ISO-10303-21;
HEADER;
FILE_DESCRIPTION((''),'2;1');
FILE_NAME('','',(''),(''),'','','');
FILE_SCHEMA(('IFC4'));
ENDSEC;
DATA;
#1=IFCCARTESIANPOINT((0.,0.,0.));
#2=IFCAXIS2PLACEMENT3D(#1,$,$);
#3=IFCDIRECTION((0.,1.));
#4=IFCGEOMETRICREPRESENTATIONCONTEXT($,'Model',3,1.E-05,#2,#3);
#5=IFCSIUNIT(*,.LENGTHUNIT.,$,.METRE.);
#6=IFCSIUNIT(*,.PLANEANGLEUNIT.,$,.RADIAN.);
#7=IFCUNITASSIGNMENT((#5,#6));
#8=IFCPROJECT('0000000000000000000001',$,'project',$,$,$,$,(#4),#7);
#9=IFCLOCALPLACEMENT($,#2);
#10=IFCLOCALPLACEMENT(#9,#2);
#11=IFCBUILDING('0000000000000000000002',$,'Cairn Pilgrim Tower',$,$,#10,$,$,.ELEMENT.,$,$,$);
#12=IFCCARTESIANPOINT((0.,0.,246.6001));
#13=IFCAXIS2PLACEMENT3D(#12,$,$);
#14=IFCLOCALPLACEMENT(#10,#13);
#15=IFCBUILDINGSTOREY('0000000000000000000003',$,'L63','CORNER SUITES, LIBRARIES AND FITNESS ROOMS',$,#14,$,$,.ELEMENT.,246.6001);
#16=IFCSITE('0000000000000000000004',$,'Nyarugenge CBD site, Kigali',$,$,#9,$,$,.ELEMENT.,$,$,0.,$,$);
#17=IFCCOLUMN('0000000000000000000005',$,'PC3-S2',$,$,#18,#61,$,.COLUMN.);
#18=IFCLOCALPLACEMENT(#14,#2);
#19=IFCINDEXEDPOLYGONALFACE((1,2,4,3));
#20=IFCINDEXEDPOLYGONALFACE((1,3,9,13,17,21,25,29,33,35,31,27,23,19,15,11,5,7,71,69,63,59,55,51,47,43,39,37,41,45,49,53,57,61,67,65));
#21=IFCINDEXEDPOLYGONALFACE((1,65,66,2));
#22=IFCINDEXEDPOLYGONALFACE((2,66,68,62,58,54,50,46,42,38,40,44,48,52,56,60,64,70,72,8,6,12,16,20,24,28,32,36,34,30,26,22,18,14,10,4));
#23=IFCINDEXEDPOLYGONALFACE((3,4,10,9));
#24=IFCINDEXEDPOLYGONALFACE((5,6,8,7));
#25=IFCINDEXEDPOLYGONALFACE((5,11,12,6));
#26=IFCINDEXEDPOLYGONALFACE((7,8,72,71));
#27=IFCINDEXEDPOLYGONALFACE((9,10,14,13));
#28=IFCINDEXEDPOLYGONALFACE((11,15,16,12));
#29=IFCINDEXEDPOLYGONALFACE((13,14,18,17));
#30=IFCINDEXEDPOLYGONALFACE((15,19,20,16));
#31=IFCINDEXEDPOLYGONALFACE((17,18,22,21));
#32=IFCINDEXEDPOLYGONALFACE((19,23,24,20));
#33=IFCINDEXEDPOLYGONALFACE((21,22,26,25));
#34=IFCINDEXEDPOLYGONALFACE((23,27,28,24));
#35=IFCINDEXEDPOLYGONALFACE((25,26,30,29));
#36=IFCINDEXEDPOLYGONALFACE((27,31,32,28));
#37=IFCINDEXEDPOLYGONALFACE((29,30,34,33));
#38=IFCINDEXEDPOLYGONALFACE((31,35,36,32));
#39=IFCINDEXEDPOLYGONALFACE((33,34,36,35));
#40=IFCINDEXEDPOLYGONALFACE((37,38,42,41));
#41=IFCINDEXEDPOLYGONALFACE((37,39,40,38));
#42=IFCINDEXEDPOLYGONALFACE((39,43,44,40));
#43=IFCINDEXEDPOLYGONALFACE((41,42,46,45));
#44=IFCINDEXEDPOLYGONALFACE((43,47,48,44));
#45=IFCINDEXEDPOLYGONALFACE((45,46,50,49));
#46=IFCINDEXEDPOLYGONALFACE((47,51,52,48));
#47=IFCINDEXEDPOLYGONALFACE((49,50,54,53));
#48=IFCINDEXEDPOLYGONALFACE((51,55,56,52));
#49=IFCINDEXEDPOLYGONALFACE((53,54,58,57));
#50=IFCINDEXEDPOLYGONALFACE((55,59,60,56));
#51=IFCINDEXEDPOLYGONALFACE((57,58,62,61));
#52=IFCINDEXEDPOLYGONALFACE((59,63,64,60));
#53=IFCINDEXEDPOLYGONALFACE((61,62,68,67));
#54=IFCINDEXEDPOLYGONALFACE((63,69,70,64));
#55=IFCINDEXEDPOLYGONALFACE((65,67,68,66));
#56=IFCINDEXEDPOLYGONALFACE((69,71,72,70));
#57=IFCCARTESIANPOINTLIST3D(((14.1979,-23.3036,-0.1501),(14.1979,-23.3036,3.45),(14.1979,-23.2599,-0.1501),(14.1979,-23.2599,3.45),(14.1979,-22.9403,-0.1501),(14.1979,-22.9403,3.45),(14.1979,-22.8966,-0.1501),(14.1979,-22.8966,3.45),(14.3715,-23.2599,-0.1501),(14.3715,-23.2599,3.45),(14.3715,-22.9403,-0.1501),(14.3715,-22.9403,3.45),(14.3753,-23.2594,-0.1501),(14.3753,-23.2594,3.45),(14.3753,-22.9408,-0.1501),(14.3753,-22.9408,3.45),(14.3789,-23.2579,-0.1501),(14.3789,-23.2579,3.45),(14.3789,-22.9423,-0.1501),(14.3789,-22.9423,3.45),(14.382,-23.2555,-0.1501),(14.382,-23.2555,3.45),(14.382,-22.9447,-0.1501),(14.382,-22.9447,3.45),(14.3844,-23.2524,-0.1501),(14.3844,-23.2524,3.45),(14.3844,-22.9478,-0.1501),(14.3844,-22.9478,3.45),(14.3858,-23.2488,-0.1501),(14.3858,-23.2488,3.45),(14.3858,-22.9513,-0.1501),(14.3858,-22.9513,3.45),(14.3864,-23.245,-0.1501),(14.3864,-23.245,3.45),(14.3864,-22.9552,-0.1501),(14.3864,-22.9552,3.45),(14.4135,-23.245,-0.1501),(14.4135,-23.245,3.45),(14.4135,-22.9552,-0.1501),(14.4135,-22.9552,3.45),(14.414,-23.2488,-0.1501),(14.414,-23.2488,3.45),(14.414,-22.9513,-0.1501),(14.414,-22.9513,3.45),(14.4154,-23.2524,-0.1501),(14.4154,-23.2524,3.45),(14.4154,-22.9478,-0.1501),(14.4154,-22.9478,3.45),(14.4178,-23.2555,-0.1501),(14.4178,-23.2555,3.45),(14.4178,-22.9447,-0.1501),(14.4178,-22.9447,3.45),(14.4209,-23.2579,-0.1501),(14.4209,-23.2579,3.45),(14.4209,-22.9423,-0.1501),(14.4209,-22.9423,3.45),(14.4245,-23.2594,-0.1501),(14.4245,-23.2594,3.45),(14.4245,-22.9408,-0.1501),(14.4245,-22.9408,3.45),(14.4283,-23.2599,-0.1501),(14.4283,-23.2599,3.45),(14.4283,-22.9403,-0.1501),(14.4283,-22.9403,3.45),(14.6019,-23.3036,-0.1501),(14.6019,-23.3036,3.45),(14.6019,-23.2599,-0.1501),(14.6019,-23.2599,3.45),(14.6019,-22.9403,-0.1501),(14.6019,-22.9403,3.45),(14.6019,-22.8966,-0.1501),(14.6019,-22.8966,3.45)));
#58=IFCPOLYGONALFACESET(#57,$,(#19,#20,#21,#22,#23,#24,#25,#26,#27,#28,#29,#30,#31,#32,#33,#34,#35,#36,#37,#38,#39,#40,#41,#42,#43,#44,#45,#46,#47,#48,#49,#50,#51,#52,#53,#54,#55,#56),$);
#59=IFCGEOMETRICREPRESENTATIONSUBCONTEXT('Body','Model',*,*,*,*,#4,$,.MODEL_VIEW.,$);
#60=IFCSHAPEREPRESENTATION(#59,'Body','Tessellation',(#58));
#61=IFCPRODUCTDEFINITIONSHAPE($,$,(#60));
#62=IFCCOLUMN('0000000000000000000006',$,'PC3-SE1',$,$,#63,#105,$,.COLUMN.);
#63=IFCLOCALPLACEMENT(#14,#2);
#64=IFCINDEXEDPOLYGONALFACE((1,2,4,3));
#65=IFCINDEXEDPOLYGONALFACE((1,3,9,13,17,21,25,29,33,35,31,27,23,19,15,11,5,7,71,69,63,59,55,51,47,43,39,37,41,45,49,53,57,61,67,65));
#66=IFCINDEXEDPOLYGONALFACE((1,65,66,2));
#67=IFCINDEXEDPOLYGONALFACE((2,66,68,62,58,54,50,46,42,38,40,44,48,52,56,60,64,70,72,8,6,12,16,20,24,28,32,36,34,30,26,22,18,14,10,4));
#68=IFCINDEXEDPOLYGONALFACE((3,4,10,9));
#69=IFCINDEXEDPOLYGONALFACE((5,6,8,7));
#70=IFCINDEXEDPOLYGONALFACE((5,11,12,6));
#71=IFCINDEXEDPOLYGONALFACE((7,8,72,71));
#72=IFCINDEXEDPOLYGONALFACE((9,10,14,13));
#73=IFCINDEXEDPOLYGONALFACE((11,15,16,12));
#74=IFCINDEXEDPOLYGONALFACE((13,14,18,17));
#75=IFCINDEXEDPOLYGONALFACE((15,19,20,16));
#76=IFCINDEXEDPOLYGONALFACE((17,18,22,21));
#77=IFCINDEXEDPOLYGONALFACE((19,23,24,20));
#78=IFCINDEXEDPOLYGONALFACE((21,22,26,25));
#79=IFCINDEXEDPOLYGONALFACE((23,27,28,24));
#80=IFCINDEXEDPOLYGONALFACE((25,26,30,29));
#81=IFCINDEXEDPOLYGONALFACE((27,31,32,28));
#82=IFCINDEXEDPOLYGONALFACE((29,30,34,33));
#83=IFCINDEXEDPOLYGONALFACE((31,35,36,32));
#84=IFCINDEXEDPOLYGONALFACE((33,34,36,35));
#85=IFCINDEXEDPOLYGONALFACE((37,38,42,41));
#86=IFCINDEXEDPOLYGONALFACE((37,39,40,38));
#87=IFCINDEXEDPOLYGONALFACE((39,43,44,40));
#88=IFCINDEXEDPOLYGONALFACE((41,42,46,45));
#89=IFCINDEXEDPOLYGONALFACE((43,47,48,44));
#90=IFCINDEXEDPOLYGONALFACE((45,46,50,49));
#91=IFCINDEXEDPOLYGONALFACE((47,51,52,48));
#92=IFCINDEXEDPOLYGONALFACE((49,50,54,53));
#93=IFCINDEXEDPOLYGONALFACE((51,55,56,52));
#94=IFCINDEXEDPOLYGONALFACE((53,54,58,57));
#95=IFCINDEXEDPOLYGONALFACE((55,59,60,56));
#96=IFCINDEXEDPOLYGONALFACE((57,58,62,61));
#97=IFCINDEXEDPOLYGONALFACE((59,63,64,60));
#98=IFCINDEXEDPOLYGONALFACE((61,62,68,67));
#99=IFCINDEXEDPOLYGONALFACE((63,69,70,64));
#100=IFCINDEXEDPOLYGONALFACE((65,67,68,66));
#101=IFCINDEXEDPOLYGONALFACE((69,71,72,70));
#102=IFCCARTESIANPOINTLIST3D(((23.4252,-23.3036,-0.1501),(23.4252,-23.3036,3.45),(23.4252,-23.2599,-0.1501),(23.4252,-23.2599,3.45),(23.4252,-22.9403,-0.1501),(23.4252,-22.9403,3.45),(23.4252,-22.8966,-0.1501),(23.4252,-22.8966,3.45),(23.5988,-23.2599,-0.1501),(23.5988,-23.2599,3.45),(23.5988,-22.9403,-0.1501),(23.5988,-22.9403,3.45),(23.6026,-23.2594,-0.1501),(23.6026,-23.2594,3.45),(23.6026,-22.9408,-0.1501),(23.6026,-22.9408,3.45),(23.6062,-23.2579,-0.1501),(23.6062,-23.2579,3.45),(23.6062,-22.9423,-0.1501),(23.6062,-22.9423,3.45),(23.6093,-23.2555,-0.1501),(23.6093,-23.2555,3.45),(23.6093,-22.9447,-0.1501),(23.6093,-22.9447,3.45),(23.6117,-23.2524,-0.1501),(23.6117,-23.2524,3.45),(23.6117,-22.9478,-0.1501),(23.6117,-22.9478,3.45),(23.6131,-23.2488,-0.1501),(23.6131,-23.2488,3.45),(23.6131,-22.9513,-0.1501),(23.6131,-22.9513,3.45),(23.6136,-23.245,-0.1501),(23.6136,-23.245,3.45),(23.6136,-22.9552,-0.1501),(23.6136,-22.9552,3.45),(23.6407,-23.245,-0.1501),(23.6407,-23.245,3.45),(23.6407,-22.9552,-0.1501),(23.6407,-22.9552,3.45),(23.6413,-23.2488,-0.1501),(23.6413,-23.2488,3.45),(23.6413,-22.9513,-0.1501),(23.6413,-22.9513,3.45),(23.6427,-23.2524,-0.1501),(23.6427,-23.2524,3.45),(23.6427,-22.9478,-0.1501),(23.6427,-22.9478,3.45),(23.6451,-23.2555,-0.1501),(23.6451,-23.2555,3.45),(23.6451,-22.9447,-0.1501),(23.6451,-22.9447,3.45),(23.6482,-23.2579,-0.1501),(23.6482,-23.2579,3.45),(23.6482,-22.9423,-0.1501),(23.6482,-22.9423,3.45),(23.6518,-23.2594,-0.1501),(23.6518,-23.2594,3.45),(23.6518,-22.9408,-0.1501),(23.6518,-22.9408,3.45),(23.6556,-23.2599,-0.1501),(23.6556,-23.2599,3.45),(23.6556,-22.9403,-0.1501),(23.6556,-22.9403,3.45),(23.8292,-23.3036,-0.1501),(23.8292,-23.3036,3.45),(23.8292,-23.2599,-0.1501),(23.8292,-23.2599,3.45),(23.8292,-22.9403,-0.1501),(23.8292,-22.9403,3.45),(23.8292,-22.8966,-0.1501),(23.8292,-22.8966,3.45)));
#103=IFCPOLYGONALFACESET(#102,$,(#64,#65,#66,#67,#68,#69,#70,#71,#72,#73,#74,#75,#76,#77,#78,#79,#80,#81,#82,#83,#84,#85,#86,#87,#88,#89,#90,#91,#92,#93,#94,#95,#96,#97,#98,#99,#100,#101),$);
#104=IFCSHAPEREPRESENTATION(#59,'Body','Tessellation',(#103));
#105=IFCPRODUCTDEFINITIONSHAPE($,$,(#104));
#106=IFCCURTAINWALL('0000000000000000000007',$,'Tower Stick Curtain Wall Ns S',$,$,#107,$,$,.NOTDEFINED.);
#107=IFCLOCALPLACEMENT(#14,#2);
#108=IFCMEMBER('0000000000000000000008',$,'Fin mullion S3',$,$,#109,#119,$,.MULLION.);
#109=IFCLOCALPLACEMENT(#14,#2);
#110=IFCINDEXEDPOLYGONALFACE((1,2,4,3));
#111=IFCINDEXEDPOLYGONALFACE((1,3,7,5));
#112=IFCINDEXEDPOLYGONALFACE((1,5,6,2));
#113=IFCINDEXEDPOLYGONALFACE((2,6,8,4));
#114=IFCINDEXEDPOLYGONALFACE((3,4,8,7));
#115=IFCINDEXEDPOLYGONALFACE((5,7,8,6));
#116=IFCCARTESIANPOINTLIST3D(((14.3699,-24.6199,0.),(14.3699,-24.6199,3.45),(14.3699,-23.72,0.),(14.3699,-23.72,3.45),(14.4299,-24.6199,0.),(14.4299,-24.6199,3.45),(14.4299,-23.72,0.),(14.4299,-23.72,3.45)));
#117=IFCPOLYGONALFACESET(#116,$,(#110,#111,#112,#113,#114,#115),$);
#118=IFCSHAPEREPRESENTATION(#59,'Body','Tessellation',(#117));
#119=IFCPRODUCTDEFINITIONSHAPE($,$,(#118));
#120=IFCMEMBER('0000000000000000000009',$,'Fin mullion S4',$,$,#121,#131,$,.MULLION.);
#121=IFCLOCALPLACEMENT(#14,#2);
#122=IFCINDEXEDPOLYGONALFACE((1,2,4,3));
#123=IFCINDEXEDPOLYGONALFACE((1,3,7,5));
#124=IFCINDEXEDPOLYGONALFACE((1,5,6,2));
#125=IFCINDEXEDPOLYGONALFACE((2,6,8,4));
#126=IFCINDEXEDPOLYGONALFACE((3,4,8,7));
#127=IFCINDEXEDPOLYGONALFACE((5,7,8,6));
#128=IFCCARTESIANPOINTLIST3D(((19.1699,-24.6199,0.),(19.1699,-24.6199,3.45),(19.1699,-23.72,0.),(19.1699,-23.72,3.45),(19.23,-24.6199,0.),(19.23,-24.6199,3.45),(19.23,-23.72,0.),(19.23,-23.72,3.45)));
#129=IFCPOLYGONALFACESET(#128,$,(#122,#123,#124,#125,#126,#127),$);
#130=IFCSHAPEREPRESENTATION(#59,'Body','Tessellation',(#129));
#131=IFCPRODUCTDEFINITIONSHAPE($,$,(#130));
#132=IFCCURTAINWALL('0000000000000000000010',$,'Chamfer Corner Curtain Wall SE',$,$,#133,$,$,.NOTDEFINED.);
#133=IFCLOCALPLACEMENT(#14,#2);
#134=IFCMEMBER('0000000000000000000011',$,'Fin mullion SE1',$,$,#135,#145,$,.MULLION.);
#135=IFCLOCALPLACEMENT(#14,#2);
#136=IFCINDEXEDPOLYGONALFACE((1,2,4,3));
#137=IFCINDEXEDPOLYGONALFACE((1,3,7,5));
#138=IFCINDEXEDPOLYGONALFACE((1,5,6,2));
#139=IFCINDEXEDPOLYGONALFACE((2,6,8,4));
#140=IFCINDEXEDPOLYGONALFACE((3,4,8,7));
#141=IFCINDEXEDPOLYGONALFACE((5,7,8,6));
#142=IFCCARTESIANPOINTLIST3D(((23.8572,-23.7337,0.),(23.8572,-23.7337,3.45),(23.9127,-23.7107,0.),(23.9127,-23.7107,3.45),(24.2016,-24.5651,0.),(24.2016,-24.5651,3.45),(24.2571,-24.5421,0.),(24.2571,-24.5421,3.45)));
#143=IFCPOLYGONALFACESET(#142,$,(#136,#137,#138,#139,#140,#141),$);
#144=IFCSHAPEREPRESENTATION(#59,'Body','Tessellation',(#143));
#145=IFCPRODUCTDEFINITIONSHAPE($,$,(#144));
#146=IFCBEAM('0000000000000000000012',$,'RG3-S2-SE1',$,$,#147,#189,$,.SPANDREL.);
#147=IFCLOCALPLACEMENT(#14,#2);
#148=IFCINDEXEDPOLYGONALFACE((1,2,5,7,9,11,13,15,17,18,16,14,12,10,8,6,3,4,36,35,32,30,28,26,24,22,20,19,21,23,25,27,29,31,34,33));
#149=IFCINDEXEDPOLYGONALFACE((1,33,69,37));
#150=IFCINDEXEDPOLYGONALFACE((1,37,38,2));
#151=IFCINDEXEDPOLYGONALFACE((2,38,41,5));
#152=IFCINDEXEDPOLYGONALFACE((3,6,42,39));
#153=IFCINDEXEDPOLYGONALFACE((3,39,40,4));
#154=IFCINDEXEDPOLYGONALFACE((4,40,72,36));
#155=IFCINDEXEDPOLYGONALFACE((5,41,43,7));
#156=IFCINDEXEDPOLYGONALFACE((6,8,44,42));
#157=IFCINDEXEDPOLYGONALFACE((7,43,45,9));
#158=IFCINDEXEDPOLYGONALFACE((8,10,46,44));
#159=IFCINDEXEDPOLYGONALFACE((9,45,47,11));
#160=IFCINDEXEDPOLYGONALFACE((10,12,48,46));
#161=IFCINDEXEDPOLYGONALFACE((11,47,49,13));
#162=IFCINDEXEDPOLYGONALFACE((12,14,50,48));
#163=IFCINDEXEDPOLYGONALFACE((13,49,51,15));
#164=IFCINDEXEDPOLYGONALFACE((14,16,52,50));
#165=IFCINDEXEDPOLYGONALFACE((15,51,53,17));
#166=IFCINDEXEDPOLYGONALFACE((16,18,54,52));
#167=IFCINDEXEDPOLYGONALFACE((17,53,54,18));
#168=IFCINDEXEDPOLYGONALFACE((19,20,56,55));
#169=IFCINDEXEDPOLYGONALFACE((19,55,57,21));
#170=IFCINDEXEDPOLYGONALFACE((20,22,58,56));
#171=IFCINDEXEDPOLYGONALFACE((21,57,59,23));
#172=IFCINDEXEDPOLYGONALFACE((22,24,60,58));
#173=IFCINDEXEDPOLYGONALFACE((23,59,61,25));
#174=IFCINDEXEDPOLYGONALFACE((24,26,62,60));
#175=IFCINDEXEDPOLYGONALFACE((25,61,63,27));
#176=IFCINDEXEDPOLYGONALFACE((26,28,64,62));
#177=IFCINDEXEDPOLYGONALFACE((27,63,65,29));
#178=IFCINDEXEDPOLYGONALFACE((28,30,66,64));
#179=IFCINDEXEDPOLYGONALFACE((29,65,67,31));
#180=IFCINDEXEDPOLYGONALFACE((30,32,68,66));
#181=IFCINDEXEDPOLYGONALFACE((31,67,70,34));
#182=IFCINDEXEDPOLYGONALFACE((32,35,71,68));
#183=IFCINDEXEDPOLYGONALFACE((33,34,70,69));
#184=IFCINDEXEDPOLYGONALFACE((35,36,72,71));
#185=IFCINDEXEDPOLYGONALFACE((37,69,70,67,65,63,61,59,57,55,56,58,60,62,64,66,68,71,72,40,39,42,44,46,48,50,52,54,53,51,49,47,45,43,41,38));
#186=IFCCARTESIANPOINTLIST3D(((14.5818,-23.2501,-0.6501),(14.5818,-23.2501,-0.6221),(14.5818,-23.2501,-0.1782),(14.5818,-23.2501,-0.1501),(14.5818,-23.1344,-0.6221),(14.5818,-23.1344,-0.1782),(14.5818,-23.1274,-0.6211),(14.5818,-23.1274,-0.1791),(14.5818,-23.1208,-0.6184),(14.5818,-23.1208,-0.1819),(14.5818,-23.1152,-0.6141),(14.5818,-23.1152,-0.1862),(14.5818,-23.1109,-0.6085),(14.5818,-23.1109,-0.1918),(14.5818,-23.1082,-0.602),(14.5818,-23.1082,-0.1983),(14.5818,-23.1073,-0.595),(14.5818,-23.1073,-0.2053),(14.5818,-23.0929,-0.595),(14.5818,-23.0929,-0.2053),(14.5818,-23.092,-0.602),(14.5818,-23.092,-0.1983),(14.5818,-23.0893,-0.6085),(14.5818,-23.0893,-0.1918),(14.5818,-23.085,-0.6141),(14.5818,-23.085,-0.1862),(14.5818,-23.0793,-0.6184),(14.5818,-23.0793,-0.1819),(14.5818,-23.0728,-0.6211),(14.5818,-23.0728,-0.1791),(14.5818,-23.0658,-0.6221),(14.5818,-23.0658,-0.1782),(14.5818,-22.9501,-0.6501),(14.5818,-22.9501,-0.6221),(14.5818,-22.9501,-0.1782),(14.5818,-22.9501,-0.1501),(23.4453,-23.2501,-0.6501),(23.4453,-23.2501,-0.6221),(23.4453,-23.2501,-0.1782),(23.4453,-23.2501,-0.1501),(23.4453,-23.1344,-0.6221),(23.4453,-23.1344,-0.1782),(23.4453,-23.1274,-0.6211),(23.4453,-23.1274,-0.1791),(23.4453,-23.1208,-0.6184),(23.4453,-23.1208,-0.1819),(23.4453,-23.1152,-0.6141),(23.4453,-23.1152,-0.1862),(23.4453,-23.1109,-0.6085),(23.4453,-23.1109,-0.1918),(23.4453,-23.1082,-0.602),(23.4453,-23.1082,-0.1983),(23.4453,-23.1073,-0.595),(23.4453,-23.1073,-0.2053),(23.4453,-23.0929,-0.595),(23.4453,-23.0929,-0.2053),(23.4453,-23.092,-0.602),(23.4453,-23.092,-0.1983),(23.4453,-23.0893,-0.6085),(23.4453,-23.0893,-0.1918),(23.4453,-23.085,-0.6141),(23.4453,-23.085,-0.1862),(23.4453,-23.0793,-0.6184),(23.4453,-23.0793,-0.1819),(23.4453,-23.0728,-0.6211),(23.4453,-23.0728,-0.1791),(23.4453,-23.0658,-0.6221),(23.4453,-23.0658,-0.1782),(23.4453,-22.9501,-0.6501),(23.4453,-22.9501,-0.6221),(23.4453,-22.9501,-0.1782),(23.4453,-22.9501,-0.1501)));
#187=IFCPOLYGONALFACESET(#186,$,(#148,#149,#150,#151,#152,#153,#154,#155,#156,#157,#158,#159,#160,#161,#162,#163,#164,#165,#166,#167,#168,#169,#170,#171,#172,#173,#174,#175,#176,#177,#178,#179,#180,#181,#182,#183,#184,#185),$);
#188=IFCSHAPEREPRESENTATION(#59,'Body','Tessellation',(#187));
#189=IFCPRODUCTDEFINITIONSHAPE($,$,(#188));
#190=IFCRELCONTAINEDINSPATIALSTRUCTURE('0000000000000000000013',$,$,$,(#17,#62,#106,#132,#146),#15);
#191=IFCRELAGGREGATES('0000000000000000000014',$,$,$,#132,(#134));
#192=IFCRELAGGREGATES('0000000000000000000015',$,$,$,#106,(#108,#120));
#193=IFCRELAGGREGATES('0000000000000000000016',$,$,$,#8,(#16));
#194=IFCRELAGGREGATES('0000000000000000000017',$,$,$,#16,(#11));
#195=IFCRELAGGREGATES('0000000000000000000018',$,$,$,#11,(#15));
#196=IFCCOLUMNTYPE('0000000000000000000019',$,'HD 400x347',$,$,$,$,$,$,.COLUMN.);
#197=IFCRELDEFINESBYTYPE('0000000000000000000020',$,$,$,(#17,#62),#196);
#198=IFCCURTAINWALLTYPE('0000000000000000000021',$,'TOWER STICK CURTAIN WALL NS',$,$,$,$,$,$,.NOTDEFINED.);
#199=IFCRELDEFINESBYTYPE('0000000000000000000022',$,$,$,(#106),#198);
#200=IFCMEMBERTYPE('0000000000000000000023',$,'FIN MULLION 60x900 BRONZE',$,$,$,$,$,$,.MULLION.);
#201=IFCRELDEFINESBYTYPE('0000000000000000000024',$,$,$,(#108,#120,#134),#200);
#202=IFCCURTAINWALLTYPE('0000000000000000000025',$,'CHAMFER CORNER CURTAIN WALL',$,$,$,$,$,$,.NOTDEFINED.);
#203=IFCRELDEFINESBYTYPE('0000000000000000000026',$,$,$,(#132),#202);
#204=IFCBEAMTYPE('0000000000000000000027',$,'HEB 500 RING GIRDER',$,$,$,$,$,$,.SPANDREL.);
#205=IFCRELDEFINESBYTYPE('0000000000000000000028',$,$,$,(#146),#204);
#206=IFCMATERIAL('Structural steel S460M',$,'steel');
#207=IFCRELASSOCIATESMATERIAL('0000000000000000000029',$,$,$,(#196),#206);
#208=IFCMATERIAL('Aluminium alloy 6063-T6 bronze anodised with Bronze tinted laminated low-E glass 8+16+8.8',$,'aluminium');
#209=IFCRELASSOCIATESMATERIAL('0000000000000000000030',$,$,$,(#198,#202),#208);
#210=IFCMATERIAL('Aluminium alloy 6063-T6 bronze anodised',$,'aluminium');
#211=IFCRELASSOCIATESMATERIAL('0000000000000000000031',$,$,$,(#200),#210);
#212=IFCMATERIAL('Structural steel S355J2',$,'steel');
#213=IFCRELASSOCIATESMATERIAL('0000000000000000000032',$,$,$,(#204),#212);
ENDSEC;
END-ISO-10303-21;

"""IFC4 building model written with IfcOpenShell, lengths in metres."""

from ifc_helpers import new_model, si_unit, direction, frame, origin, origin_2d, place, context, subcontext, project, spatial, rectangle, i_section, extrude, material, material_profile, profile_set, type_object, element, aggregate, save


model = new_model("IFC4")

# Units and contexts
model_context = context("Model", 3, precision=1e-05, world=origin(), true_north=direction((0.0, 1.0)))
body_context = subcontext(model_context, "Body", "Model", "MODEL_VIEW")
ifc_project = project(units=[si_unit("LENGTHUNIT", "METRE"), si_unit("PLANEANGLEUNIT", "RADIAN")], contexts=[model_context])

# Site, building, storey
site_placement = place(None, origin())
site = spatial("IfcSite", under=ifc_project, at=site_placement, Name="Nyarugenge CBD site, Kigali", CompositionType="ELEMENT", RefElevation=0.0)
building_placement = place(site_placement, origin())
building = spatial("IfcBuilding", under=site, at=building_placement, Name="Cairn Pilgrim Tower", CompositionType="ELEMENT")
storey_placement = place(building_placement, frame((0.0, 0.0, 246.6001)))
storey = spatial("IfcBuildingStorey", under=building, at=storey_placement, Name="L63", Description="CORNER SUITES, LIBRARIES AND FITNESS ROOMS", CompositionType="ELEMENT", Elevation=246.6001)

# Columns
ifc_material_1 = material(Name="Structural steel S460M", Category="steel")
ifc_material_profile_1 = material_profile(ifc_material_1, i_section(OverallWidth=0.4041, OverallDepth=0.407, WebThickness=0.0271, FlangeThickness=0.0437, FilletRadius=0.0149, at=origin_2d()), Name="HD 400x347")
ifc_profile_set_1 = profile_set([ifc_material_profile_1], Name="Structural steel S460M")
column_type = type_object("IfcColumnType", Name="HD 400x347", PredefinedType="COLUMN", material=ifc_profile_set_1)
for number, where, z_axis, x_axis, name in (
    (1, (14.3999, -23.1001, -0.1501), (0.0, 0.0, 1.0), (1.0, 0.0, 0.0), "PC3-S2"),
    (2, (23.6272, -23.1001, -0.1501), (0.0, 0.0, 1.0), (1.0, 0.0, 0.0), "PC3-SE1"),
):
    element("IfcColumn", number, at=place(storey_placement, frame(where, z_axis=z_axis, x_axis=x_axis)), inside=storey, type_object=column_type, Name=name, PredefinedType="COLUMN", context=body_context, shape_type="SweptSolid", body=[
        extrude(i_section(OverallWidth=0.4041, OverallDepth=0.407, WebThickness=0.0271, FlangeThickness=0.0437, FilletRadius=0.0149, at=origin_2d()), origin(), (0.0, 0.0, 1.0), 3.6001),
    ])

# Curtain wall, members
ifc_material_2 = material(Name="Aluminium alloy 6063-T6 bronze anodised with Bronze tinted laminated low-E glass 8+16+8.8", Category="aluminium")
curtain_wall_type_1 = type_object("IfcCurtainWallType", Name="TOWER STICK CURTAIN WALL NS", PredefinedType="NOTDEFINED", material=ifc_material_2)
curtain_wall_1_placement = place(storey_placement, origin())
curtain_wall_1 = element("IfcCurtainWall", 3, at=curtain_wall_1_placement, inside=storey, type_object=curtain_wall_type_1, Name="Tower Stick Curtain Wall Ns S", PredefinedType="NOTDEFINED")
ifc_material_3 = material(Name="Aluminium alloy 6063-T6 bronze anodised", Category="aluminium")
ifc_material_profile_2 = material_profile(ifc_material_3, rectangle(XDim=0.8999, YDim=0.0601, at=origin_2d()), Name="FIN MULLION 60x900 BRONZE")
ifc_profile_set_2 = profile_set([ifc_material_profile_2], Name="Aluminium alloy 6063-T6 bronze anodised")
member_type_1 = type_object("IfcMemberType", Name="FIN MULLION 60x900 BRONZE", PredefinedType="MULLION", material=ifc_profile_set_2)
member_1_placement = place(storey_placement, frame((14.3999, -24.1699, 0.0), z_axis=(0.0, 0.0, 1.0), x_axis=(0.0, -1.0, 0.0)))
member_1 = element("IfcMember", 4, at=member_1_placement, type_object=member_type_1, Name="Fin mullion S3", PredefinedType="MULLION", context=body_context, shape_type="SweptSolid", body=[
    extrude(rectangle(XDim=0.8999, YDim=0.0601, at=origin_2d()), origin(), (0.0, 0.0, 1.0), 3.45),
])
member_2_placement = place(storey_placement, frame((19.2, -24.1699, 0.0), z_axis=(0.0, 0.0, 1.0), x_axis=(0.0, -1.0, 0.0)))
member_2 = element("IfcMember", 5, at=member_2_placement, type_object=member_type_1, Name="Fin mullion S4", PredefinedType="MULLION", context=body_context, shape_type="SweptSolid", body=[
    extrude(rectangle(XDim=0.8999, YDim=0.0601, at=origin_2d()), origin(), (0.0, 0.0, 1.0), 3.45),
])

# Curtain wall, member
curtain_wall_type_2 = type_object("IfcCurtainWallType", Name="CHAMFER CORNER CURTAIN WALL", PredefinedType="NOTDEFINED", material=ifc_material_2)
curtain_wall_2_placement = place(storey_placement, origin())
curtain_wall_2 = element("IfcCurtainWall", 6, at=curtain_wall_2_placement, inside=storey, type_object=curtain_wall_type_2, Name="Chamfer Corner Curtain Wall SE", PredefinedType="NOTDEFINED")
member_3_placement = place(storey_placement, frame((24.0571, -24.1379, 0.0), z_axis=(0.0, 0.0, 1.0), x_axis=(0.382683, -0.92388, 0.0)))
member_3 = element("IfcMember", 7, at=member_3_placement, type_object=member_type_1, Name="Fin mullion SE1", PredefinedType="MULLION", context=body_context, shape_type="SweptSolid", body=[
    extrude(rectangle(XDim=0.8999, YDim=0.0601, at=origin_2d()), origin(), (0.0, 0.0, 1.0), 3.45),
])
aggregate(curtain_wall_2, [member_3])

# Beam
ifc_material_4 = material(Name="Structural steel S355J2", Category="steel")
ifc_material_profile_3 = material_profile(ifc_material_4, i_section(OverallWidth=0.3, OverallDepth=0.5, WebThickness=0.0144, FlangeThickness=0.0281, FilletRadius=0.0271, at=origin_2d()), Name="HEB 500")
ifc_profile_set_3 = profile_set([ifc_material_profile_3], Name="Structural steel S355J2")
beam_type_1 = type_object("IfcBeamType", Name="HEB 500 RING GIRDER", PredefinedType="SPANDREL", material=ifc_profile_set_3)
beam_1_placement = place(storey_placement, frame((14.5818, -23.1001, -0.4001), z_axis=(1.0, 0.0, 0.0), x_axis=(0.0, 1.0, 0.0)))
element("IfcBeam", 8, at=beam_1_placement, inside=storey, type_object=beam_type_1, Name="RG3-S2-SE1", PredefinedType="SPANDREL", context=body_context, shape_type="SweptSolid", body=[
    extrude(i_section(OverallWidth=0.3, OverallDepth=0.5, WebThickness=0.0144, FlangeThickness=0.0281, FilletRadius=0.0271, at=origin_2d()), origin(), (0.0, 0.0, 1.0), 8.8635),
])

aggregate(curtain_wall_1, [member_1, member_2])

save(model, "model.ifc")
